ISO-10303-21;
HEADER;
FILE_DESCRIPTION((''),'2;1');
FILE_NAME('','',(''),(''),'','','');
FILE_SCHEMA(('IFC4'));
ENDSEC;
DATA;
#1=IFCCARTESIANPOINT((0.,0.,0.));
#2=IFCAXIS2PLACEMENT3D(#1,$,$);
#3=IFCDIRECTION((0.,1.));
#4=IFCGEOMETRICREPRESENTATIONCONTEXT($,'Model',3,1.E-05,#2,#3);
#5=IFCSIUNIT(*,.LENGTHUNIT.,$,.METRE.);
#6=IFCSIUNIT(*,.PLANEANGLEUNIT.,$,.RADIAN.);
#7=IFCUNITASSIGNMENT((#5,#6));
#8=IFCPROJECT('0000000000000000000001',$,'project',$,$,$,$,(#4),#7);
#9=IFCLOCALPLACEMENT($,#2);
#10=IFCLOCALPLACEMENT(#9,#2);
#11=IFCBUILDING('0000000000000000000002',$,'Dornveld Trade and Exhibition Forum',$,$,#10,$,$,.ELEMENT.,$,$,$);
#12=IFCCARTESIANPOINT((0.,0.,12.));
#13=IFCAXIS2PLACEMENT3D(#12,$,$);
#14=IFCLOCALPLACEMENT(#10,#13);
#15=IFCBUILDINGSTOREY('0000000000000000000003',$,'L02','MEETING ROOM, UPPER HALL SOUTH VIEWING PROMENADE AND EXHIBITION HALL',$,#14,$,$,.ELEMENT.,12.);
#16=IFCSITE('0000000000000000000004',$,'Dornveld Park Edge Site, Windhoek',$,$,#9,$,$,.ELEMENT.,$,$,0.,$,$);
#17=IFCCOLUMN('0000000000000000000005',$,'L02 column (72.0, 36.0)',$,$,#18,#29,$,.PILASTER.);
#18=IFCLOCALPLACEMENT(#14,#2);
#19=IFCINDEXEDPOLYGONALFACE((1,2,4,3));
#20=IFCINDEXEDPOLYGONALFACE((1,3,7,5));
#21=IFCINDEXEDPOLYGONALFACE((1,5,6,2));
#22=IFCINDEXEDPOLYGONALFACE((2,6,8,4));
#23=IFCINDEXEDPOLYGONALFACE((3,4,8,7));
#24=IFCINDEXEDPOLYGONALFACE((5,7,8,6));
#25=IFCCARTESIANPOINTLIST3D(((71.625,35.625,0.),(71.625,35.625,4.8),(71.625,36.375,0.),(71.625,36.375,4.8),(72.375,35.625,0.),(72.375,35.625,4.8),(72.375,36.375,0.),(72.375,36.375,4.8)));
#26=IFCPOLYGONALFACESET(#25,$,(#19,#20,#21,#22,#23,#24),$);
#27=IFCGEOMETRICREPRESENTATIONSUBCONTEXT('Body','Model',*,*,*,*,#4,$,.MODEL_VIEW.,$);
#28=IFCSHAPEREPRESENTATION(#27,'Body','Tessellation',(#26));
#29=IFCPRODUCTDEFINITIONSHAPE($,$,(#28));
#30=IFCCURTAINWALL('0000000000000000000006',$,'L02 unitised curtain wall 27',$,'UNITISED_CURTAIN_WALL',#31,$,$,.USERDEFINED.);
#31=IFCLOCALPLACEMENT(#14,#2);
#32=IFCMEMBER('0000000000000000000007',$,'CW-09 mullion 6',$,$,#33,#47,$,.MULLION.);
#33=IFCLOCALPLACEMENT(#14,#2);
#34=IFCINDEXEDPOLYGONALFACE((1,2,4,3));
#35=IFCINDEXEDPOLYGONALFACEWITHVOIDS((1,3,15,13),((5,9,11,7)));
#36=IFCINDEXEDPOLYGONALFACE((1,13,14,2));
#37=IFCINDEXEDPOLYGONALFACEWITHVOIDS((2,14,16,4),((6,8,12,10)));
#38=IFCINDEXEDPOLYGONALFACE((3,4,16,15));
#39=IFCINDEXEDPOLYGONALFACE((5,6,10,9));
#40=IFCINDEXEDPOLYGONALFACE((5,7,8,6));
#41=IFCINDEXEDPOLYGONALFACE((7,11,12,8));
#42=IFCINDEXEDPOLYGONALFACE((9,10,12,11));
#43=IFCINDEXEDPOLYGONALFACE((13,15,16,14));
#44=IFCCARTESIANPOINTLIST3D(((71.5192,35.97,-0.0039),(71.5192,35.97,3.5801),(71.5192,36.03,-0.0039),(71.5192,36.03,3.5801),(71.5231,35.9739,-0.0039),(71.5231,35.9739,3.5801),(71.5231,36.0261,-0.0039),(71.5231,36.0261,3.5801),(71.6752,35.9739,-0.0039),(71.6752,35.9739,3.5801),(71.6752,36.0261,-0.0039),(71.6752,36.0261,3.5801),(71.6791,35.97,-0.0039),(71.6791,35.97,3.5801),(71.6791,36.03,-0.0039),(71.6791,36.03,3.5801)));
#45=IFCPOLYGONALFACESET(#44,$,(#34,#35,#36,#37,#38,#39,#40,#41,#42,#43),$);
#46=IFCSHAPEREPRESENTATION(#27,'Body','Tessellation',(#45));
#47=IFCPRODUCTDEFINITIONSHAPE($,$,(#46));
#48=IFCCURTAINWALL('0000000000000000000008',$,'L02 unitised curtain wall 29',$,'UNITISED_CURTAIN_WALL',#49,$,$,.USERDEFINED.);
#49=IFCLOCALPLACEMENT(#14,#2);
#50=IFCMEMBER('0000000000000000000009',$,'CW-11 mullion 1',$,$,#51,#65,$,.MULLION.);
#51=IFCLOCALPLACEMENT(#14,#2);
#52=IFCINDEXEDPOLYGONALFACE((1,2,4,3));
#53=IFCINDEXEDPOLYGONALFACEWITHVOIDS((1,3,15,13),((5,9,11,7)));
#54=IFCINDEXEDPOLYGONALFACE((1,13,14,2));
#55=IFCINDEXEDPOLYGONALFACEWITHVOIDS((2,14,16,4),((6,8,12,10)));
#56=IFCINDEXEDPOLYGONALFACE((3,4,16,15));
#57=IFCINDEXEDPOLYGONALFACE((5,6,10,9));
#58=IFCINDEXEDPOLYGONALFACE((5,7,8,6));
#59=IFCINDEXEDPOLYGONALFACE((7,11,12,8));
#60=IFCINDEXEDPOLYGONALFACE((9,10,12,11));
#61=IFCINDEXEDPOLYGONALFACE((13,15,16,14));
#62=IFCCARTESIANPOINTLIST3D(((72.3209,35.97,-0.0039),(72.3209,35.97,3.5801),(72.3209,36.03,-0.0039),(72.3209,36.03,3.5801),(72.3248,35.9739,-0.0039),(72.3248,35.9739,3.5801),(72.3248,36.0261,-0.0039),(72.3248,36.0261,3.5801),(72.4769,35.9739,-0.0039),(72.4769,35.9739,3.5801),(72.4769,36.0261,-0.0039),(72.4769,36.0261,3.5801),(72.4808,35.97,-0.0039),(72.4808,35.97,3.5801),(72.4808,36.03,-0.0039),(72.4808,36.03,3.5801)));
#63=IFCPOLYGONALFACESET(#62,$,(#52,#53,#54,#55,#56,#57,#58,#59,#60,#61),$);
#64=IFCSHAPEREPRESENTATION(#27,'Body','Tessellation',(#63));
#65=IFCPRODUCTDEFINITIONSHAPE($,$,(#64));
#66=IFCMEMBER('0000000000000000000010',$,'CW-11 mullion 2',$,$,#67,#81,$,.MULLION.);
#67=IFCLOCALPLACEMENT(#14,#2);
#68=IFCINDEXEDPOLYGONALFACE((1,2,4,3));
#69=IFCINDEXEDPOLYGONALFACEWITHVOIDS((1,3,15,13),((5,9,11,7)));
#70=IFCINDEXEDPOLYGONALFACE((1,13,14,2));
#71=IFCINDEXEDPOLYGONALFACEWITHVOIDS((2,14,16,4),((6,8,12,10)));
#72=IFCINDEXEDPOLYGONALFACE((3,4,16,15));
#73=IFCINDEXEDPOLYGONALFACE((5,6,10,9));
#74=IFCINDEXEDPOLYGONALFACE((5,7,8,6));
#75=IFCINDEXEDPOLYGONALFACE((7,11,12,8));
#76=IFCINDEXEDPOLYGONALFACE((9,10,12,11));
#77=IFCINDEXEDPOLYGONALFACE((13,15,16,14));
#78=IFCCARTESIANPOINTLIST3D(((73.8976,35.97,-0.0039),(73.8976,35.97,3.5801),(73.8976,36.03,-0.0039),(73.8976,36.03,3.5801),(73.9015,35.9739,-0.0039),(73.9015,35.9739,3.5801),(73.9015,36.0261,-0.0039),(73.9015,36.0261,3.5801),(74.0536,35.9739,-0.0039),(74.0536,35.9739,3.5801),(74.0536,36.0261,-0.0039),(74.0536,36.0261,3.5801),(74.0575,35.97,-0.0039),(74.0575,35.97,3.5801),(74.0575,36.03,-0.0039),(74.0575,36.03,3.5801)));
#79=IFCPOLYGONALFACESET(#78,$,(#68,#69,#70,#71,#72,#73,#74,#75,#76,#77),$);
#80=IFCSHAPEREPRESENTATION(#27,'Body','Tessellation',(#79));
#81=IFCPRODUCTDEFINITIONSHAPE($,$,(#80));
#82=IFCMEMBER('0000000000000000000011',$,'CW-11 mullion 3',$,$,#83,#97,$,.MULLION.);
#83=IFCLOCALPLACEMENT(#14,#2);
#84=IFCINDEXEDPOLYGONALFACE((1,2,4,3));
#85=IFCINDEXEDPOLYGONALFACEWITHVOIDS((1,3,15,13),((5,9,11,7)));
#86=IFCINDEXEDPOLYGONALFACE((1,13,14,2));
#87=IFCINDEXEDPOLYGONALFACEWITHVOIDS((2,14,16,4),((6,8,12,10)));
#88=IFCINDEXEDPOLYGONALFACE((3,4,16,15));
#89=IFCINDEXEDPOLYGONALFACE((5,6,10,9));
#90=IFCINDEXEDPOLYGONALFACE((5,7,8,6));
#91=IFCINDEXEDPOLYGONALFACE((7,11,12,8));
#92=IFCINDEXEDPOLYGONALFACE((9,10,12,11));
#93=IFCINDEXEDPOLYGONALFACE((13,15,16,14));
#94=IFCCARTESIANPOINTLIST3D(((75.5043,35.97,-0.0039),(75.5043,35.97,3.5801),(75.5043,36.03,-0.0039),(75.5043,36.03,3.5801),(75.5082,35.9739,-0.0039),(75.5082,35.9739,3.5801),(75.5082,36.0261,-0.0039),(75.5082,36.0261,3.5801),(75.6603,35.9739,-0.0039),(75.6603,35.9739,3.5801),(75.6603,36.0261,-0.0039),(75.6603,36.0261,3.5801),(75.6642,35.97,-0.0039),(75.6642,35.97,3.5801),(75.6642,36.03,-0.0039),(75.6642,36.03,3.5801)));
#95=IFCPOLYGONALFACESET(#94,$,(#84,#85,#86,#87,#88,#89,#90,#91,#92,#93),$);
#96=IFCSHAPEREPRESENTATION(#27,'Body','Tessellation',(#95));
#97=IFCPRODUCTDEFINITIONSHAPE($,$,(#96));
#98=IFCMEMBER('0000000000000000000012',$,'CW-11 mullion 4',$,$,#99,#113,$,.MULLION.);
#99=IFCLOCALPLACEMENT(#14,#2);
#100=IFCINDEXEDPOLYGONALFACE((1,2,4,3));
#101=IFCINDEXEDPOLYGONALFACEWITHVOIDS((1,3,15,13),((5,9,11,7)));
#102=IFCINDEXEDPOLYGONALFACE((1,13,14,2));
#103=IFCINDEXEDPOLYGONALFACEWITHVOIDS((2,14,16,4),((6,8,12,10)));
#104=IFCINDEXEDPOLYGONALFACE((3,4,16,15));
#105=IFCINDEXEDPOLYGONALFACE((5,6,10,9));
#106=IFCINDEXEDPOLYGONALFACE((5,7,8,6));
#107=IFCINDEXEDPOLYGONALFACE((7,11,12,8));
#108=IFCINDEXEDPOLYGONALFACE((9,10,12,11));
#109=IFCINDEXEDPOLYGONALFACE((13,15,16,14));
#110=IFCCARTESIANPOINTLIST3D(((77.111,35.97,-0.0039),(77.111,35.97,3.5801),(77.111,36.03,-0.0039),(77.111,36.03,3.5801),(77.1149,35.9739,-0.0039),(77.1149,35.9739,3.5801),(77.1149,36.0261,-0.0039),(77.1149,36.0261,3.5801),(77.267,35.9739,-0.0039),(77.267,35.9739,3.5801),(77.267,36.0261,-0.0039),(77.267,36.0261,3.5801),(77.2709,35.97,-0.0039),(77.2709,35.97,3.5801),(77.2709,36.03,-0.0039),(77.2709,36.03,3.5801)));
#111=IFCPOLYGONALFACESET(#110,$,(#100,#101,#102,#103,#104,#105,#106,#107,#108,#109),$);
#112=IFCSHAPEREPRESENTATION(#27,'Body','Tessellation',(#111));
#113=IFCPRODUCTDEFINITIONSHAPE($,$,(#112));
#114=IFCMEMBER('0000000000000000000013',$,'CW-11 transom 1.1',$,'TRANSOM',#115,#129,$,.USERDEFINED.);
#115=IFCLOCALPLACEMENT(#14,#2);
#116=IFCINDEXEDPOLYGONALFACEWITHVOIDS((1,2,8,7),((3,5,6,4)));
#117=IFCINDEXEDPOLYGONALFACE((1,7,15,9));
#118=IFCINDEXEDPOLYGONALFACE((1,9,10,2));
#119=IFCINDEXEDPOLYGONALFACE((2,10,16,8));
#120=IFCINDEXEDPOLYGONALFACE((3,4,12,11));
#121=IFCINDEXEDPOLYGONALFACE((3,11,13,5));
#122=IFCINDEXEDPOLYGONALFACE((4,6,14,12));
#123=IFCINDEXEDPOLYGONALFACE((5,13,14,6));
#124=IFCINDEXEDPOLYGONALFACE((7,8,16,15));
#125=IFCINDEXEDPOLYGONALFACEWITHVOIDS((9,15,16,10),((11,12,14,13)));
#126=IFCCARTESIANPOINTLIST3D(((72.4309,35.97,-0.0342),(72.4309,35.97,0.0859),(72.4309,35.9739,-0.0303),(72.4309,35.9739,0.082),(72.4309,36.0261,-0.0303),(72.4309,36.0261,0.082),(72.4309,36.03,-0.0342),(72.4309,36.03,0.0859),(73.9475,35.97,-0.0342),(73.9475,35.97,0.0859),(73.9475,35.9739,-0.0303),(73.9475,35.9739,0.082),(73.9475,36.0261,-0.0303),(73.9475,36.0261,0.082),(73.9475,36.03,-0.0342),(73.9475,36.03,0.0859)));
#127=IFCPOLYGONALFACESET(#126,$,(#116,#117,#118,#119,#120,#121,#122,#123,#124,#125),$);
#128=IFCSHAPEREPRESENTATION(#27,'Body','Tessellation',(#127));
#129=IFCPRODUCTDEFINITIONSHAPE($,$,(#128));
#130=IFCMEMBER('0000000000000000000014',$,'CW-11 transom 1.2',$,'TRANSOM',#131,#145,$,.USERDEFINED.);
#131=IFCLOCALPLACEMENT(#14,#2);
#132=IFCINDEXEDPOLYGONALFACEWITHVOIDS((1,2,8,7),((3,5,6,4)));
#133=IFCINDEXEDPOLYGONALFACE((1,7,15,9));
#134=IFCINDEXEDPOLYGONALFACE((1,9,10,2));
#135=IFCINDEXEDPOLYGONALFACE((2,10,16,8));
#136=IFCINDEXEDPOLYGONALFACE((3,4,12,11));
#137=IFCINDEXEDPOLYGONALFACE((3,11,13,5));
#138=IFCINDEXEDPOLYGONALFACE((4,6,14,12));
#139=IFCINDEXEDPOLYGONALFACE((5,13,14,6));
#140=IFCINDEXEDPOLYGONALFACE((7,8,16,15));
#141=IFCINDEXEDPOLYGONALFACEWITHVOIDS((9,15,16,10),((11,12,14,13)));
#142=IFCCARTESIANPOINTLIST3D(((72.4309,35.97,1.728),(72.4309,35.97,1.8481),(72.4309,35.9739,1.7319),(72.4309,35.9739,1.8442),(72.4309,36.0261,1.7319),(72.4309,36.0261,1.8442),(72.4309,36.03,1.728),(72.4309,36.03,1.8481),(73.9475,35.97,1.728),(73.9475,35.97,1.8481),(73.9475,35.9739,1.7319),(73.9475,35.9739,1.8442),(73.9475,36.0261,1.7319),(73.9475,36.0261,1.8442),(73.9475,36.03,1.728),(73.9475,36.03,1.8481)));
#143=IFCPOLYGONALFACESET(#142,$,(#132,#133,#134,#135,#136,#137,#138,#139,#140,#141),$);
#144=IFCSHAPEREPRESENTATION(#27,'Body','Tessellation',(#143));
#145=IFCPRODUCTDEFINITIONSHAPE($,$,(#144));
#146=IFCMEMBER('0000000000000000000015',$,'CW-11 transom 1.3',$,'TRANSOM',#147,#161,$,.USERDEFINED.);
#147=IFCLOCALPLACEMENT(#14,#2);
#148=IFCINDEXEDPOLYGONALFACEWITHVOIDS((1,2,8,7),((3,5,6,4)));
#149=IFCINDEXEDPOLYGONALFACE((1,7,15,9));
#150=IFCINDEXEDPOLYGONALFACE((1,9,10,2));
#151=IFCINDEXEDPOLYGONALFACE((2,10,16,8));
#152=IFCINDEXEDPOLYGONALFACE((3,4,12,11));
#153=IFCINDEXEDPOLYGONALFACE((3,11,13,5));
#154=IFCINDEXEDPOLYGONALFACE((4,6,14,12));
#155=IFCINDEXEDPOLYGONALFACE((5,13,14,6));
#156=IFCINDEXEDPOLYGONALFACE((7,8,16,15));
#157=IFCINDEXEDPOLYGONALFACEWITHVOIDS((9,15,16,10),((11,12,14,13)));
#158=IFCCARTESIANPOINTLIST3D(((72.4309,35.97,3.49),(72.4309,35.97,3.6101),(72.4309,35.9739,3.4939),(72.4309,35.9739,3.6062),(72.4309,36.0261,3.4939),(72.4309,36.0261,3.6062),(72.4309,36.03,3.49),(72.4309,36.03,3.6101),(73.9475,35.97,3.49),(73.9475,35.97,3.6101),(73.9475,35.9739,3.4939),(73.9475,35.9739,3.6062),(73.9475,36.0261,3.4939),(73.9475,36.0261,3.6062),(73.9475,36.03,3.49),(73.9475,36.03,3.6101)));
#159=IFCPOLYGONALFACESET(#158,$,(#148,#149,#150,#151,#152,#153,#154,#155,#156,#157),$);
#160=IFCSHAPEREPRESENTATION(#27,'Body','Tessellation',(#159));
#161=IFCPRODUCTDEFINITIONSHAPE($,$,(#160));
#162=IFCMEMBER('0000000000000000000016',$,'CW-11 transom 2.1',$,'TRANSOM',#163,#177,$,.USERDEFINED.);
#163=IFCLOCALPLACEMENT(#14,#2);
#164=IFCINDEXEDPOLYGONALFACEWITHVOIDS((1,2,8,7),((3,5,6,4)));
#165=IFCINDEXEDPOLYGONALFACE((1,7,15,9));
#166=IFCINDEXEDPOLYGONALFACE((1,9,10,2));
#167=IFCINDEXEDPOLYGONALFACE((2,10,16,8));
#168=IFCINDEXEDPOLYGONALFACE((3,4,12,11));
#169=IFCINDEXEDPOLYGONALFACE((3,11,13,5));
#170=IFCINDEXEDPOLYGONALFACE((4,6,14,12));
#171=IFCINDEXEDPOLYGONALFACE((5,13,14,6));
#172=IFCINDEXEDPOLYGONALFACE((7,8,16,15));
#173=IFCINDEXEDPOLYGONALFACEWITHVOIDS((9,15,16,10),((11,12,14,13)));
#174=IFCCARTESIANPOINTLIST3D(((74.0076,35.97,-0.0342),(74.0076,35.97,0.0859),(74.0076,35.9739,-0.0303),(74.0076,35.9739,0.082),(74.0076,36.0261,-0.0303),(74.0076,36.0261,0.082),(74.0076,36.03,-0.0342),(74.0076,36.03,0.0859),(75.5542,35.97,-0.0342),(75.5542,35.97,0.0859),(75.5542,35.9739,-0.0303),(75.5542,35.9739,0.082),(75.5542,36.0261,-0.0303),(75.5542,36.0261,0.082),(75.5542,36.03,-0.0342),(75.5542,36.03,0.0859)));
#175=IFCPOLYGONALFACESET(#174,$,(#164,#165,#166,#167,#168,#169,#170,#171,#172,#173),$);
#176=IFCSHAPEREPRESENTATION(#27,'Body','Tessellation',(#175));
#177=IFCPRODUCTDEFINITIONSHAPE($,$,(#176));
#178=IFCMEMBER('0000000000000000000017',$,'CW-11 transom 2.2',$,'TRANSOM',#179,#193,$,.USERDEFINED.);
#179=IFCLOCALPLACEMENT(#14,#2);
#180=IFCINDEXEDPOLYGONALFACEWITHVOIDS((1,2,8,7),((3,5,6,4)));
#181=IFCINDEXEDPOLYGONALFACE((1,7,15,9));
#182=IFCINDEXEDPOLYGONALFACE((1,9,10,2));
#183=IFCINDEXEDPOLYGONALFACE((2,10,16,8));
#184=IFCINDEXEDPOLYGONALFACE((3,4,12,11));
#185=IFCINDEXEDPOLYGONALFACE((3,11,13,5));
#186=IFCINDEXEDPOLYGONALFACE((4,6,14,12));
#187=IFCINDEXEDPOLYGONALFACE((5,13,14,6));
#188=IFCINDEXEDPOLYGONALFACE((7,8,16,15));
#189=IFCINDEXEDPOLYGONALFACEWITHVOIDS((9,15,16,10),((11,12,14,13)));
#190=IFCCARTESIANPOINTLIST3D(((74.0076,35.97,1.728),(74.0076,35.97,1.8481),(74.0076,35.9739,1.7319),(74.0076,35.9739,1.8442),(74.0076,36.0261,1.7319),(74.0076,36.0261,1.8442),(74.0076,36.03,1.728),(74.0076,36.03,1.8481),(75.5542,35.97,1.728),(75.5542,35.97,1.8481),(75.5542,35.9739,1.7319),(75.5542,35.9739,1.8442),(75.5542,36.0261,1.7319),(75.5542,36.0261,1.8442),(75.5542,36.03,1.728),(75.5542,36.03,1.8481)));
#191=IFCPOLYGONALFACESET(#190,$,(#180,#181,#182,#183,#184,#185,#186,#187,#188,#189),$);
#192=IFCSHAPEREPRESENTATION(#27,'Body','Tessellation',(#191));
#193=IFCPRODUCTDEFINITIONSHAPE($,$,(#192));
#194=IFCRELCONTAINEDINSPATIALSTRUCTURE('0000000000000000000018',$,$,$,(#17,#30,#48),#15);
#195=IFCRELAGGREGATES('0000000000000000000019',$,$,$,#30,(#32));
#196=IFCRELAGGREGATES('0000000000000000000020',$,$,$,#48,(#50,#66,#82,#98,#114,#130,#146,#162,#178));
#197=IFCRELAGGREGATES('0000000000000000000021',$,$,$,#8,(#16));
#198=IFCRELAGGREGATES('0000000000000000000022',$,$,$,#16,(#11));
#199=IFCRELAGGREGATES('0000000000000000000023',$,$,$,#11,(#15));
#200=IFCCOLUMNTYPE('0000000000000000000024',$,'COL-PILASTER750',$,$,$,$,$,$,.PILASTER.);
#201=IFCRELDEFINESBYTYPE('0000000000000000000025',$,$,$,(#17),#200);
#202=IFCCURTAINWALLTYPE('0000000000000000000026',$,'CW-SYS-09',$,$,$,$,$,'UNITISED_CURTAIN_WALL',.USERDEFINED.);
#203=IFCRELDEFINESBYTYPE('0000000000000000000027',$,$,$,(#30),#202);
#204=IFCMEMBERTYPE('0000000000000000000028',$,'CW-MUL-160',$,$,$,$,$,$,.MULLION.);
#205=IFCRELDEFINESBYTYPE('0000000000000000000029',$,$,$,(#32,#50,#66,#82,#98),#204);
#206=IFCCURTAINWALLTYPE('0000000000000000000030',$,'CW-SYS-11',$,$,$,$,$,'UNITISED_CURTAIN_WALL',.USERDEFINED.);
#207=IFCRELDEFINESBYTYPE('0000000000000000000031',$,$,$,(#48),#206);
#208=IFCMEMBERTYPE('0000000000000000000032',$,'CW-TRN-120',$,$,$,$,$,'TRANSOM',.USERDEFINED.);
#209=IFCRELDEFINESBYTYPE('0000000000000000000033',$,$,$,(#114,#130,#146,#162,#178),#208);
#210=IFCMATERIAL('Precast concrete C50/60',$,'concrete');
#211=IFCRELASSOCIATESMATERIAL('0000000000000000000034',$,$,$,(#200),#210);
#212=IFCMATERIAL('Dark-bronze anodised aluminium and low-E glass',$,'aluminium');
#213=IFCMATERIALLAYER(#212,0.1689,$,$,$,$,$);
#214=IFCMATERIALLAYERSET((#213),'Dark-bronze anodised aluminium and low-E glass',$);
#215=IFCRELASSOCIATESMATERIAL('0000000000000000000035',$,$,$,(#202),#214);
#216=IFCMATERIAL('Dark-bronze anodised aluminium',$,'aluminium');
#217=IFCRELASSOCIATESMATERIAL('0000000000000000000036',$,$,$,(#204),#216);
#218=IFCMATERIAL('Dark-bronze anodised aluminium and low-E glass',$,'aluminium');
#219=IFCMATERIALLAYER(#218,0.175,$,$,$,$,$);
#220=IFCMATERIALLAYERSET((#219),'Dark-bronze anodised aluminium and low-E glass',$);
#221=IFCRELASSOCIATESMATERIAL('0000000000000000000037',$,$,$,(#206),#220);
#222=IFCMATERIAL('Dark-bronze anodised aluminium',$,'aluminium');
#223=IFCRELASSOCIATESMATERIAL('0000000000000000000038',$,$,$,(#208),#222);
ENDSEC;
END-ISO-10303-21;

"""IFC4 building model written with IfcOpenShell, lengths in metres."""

from ifc_helpers import new_model, si_unit, direction, frame, origin, origin_2d, place, context, subcontext, project, spatial, rectangle, hollow_rectangle, extrude, material, layer, layer_set, material_profile, profile_set, type_object, element, aggregate, save


model = new_model("IFC4")

# Units and contexts
model_context = context("Model", 3, precision=1e-05, world=origin(), true_north=direction((0.0, 1.0)))
body_context = subcontext(model_context, "Body", "Model", "MODEL_VIEW")
ifc_project = project(units=[si_unit("LENGTHUNIT", "METRE"), si_unit("PLANEANGLEUNIT", "RADIAN")], contexts=[model_context])

# Site, building, storey
site_placement = place(None, origin())
site = spatial("IfcSite", under=ifc_project, at=site_placement, Name="Dornveld Park Edge Site, Windhoek", CompositionType="ELEMENT", RefElevation=0.0)
building_placement = place(site_placement, origin())
building = spatial("IfcBuilding", under=site, at=building_placement, Name="Dornveld Trade and Exhibition Forum", CompositionType="ELEMENT")
storey_placement = place(building_placement, frame((0.0, 0.0, 12.0)))
storey = spatial("IfcBuildingStorey", under=building, at=storey_placement, Name="L02", Description="MEETING ROOM, UPPER HALL SOUTH VIEWING PROMENADE AND EXHIBITION HALL", CompositionType="ELEMENT", Elevation=12.0)

# Column
ifc_material_1 = material(Name="Precast concrete C50/60", Category="concrete")
ifc_material_profile_1 = material_profile(ifc_material_1, rectangle(XDim=0.75, YDim=0.75, at=origin_2d()), Name="PC-COL 750x750")
ifc_profile_set_1 = profile_set([ifc_material_profile_1], Name="Precast concrete C50/60")
column_type = type_object("IfcColumnType", Name="COL-PILASTER750", PredefinedType="PILASTER", material=ifc_profile_set_1)
column_placement = place(storey_placement, frame((72.0, 36.0, 0.0), z_axis=(0.0, 0.0, 1.0), x_axis=(1.0, 0.0, 0.0)))
element("IfcColumn", 1, at=column_placement, inside=storey, type_object=column_type, Name="L02 column (72.0, 36.0)", PredefinedType="PILASTER", context=body_context, shape_type="SweptSolid", body=[
    extrude(rectangle(XDim=0.75, YDim=0.75, at=origin_2d()), origin(), (0.0, 0.0, 1.0), 4.8),
])

# Curtain wall, member
ifc_material_2 = material(Name="Dark-bronze anodised aluminium and low-E glass", Category="aluminium")
ifc_layer_1 = layer(ifc_material_2, 0.1689)
ifc_layer_set_1 = layer_set([ifc_layer_1], Name="Dark-bronze anodised aluminium and low-E glass")
curtain_wall_type_1 = type_object("IfcCurtainWallType", Name="CW-SYS-09", ElementType="UNITISED_CURTAIN_WALL", PredefinedType="USERDEFINED", material=ifc_layer_set_1)
curtain_wall_1_placement = place(storey_placement, origin())
curtain_wall_1 = element("IfcCurtainWall", 2, at=curtain_wall_1_placement, inside=storey, type_object=curtain_wall_type_1, Name="L02 unitised curtain wall 27", ObjectType="UNITISED_CURTAIN_WALL", PredefinedType="USERDEFINED")
ifc_material_3 = material(Name="Dark-bronze anodised aluminium", Category="aluminium")
ifc_material_profile_2 = material_profile(ifc_material_3, hollow_rectangle(XDim=0.0601, YDim=0.1599, WallThickness=0.0039, at=origin_2d()), Name="RHS 160x60x4")
ifc_profile_set_2 = profile_set([ifc_material_profile_2], Name="Dark-bronze anodised aluminium")
member_type_1 = type_object("IfcMemberType", Name="CW-MUL-160", PredefinedType="MULLION", material=ifc_profile_set_2)
member_1_placement = place(storey_placement, frame((71.5991, 36.0, -0.0039), z_axis=(0.0, 0.0, 1.0), x_axis=(0.0, 1.0, 0.0)))
member_1 = element("IfcMember", 3, at=member_1_placement, type_object=member_type_1, Name="CW-09 mullion 6", PredefinedType="MULLION", context=body_context, shape_type="SweptSolid", body=[
    extrude(hollow_rectangle(XDim=0.0601, YDim=0.1599, WallThickness=0.0039, at=origin_2d()), origin(), (0.0, 0.0, 1.0), 3.584),
])
aggregate(curtain_wall_1, [member_1])

# Curtain wall, members
ifc_material_4 = material(Name="Dark-bronze anodised aluminium and low-E glass", Category="aluminium")
ifc_layer_2 = layer(ifc_material_4, 0.175)
ifc_layer_set_2 = layer_set([ifc_layer_2], Name="Dark-bronze anodised aluminium and low-E glass")
curtain_wall_type_2 = type_object("IfcCurtainWallType", Name="CW-SYS-11", ElementType="UNITISED_CURTAIN_WALL", PredefinedType="USERDEFINED", material=ifc_layer_set_2)
curtain_wall_2_placement = place(storey_placement, origin())
curtain_wall_2 = element("IfcCurtainWall", 4, at=curtain_wall_2_placement, inside=storey, type_object=curtain_wall_type_2, Name="L02 unitised curtain wall 29", ObjectType="UNITISED_CURTAIN_WALL", PredefinedType="USERDEFINED")
member_2_placement = place(storey_placement, frame((72.4009, 36.0, -0.0039), z_axis=(0.0, 0.0, 1.0), x_axis=(0.0, 1.0, 0.0)))
member_2 = element("IfcMember", 5, at=member_2_placement, type_object=member_type_1, Name="CW-11 mullion 1", PredefinedType="MULLION", context=body_context, shape_type="SweptSolid", body=[
    extrude(hollow_rectangle(XDim=0.0601, YDim=0.1599, WallThickness=0.0039, at=origin_2d()), origin(), (0.0, 0.0, 1.0), 3.584),
])
member_3_placement = place(storey_placement, frame((73.9775, 36.0, -0.0039), z_axis=(0.0, 0.0, 1.0), x_axis=(0.0, 1.0, 0.0)))
member_3 = element("IfcMember", 6, at=member_3_placement, type_object=member_type_1, Name="CW-11 mullion 2", PredefinedType="MULLION", context=body_context, shape_type="SweptSolid", body=[
    extrude(hollow_rectangle(XDim=0.0601, YDim=0.1599, WallThickness=0.0039, at=origin_2d()), origin(), (0.0, 0.0, 1.0), 3.584),
])
member_4_placement = place(storey_placement, frame((75.5842, 36.0, -0.0039), z_axis=(0.0, 0.0, 1.0), x_axis=(0.0, 1.0, 0.0)))
member_4 = element("IfcMember", 7, at=member_4_placement, type_object=member_type_1, Name="CW-11 mullion 3", PredefinedType="MULLION", context=body_context, shape_type="SweptSolid", body=[
    extrude(hollow_rectangle(XDim=0.0601, YDim=0.1599, WallThickness=0.0039, at=origin_2d()), origin(), (0.0, 0.0, 1.0), 3.584),
])
member_5_placement = place(storey_placement, frame((77.1909, 36.0, -0.0039), z_axis=(0.0, 0.0, 1.0), x_axis=(0.0, 1.0, 0.0)))
member_5 = element("IfcMember", 8, at=member_5_placement, type_object=member_type_1, Name="CW-11 mullion 4", PredefinedType="MULLION", context=body_context, shape_type="SweptSolid", body=[
    extrude(hollow_rectangle(XDim=0.0601, YDim=0.1599, WallThickness=0.0039, at=origin_2d()), origin(), (0.0, 0.0, 1.0), 3.584),
])
ifc_material_5 = material(Name="Dark-bronze anodised aluminium", Category="aluminium")
ifc_material_profile_3 = material_profile(ifc_material_5, hollow_rectangle(XDim=0.0601, YDim=0.1201, WallThickness=0.0039, at=origin_2d()), Name="RHS 120x60x4")
ifc_profile_set_3 = profile_set([ifc_material_profile_3], Name="Dark-bronze anodised aluminium")
member_type_2 = type_object("IfcMemberType", Name="CW-TRN-120", ElementType="TRANSOM", PredefinedType="USERDEFINED", material=ifc_profile_set_3)
member_6_placement = place(storey_placement, frame((72.4309, 36.0, 0.0259), z_axis=(1.0, 0.0, 0.0), x_axis=(0.0, 1.0, 0.0)))
member_6 = element("IfcMember", 9, at=member_6_placement, type_object=member_type_2, Name="CW-11 transom 1.1", ObjectType="TRANSOM", PredefinedType="USERDEFINED", context=body_context, shape_type="SweptSolid", body=[
    extrude(hollow_rectangle(XDim=0.0601, YDim=0.1201, WallThickness=0.0039, at=origin_2d()), origin(), (0.0, 0.0, 1.0), 1.5166),
])
member_7_placement = place(storey_placement, frame((72.4309, 36.0, 1.7881), z_axis=(1.0, 0.0, 0.0), x_axis=(0.0, 1.0, 0.0)))
member_7 = element("IfcMember", 10, at=member_7_placement, type_object=member_type_2, Name="CW-11 transom 1.2", ObjectType="TRANSOM", PredefinedType="USERDEFINED", context=body_context, shape_type="SweptSolid", body=[
    extrude(hollow_rectangle(XDim=0.0601, YDim=0.1201, WallThickness=0.0039, at=origin_2d()), origin(), (0.0, 0.0, 1.0), 1.5166),
])
member_8_placement = place(storey_placement, frame((72.4309, 36.0, 3.55), z_axis=(1.0, 0.0, 0.0), x_axis=(0.0, 1.0, 0.0)))
member_8 = element("IfcMember", 11, at=member_8_placement, type_object=member_type_2, Name="CW-11 transom 1.3", ObjectType="TRANSOM", PredefinedType="USERDEFINED", context=body_context, shape_type="SweptSolid", body=[
    extrude(hollow_rectangle(XDim=0.0601, YDim=0.1201, WallThickness=0.0039, at=origin_2d()), origin(), (0.0, 0.0, 1.0), 1.5166),
])
member_9_placement = place(storey_placement, frame((74.0076, 36.0, 0.0259), z_axis=(1.0, 0.0, 0.0), x_axis=(0.0, 1.0, 0.0)))
member_9 = element("IfcMember", 12, at=member_9_placement, type_object=member_type_2, Name="CW-11 transom 2.1", ObjectType="TRANSOM", PredefinedType="USERDEFINED", context=body_context, shape_type="SweptSolid", body=[
    extrude(hollow_rectangle(XDim=0.0601, YDim=0.1201, WallThickness=0.0039, at=origin_2d()), origin(), (0.0, 0.0, 1.0), 1.5466),
])
member_10_placement = place(storey_placement, frame((74.0076, 36.0, 1.7881), z_axis=(1.0, 0.0, 0.0), x_axis=(0.0, 1.0, 0.0)))
member_10 = element("IfcMember", 13, at=member_10_placement, type_object=member_type_2, Name="CW-11 transom 2.2", ObjectType="TRANSOM", PredefinedType="USERDEFINED", context=body_context, shape_type="SweptSolid", body=[
    extrude(hollow_rectangle(XDim=0.0601, YDim=0.1201, WallThickness=0.0039, at=origin_2d()), origin(), (0.0, 0.0, 1.0), 1.5466),
])
aggregate(curtain_wall_2, [member_2, member_3, member_4, member_5, member_6, member_7, member_8, member_9, member_10])

save(model, "model.ifc")
